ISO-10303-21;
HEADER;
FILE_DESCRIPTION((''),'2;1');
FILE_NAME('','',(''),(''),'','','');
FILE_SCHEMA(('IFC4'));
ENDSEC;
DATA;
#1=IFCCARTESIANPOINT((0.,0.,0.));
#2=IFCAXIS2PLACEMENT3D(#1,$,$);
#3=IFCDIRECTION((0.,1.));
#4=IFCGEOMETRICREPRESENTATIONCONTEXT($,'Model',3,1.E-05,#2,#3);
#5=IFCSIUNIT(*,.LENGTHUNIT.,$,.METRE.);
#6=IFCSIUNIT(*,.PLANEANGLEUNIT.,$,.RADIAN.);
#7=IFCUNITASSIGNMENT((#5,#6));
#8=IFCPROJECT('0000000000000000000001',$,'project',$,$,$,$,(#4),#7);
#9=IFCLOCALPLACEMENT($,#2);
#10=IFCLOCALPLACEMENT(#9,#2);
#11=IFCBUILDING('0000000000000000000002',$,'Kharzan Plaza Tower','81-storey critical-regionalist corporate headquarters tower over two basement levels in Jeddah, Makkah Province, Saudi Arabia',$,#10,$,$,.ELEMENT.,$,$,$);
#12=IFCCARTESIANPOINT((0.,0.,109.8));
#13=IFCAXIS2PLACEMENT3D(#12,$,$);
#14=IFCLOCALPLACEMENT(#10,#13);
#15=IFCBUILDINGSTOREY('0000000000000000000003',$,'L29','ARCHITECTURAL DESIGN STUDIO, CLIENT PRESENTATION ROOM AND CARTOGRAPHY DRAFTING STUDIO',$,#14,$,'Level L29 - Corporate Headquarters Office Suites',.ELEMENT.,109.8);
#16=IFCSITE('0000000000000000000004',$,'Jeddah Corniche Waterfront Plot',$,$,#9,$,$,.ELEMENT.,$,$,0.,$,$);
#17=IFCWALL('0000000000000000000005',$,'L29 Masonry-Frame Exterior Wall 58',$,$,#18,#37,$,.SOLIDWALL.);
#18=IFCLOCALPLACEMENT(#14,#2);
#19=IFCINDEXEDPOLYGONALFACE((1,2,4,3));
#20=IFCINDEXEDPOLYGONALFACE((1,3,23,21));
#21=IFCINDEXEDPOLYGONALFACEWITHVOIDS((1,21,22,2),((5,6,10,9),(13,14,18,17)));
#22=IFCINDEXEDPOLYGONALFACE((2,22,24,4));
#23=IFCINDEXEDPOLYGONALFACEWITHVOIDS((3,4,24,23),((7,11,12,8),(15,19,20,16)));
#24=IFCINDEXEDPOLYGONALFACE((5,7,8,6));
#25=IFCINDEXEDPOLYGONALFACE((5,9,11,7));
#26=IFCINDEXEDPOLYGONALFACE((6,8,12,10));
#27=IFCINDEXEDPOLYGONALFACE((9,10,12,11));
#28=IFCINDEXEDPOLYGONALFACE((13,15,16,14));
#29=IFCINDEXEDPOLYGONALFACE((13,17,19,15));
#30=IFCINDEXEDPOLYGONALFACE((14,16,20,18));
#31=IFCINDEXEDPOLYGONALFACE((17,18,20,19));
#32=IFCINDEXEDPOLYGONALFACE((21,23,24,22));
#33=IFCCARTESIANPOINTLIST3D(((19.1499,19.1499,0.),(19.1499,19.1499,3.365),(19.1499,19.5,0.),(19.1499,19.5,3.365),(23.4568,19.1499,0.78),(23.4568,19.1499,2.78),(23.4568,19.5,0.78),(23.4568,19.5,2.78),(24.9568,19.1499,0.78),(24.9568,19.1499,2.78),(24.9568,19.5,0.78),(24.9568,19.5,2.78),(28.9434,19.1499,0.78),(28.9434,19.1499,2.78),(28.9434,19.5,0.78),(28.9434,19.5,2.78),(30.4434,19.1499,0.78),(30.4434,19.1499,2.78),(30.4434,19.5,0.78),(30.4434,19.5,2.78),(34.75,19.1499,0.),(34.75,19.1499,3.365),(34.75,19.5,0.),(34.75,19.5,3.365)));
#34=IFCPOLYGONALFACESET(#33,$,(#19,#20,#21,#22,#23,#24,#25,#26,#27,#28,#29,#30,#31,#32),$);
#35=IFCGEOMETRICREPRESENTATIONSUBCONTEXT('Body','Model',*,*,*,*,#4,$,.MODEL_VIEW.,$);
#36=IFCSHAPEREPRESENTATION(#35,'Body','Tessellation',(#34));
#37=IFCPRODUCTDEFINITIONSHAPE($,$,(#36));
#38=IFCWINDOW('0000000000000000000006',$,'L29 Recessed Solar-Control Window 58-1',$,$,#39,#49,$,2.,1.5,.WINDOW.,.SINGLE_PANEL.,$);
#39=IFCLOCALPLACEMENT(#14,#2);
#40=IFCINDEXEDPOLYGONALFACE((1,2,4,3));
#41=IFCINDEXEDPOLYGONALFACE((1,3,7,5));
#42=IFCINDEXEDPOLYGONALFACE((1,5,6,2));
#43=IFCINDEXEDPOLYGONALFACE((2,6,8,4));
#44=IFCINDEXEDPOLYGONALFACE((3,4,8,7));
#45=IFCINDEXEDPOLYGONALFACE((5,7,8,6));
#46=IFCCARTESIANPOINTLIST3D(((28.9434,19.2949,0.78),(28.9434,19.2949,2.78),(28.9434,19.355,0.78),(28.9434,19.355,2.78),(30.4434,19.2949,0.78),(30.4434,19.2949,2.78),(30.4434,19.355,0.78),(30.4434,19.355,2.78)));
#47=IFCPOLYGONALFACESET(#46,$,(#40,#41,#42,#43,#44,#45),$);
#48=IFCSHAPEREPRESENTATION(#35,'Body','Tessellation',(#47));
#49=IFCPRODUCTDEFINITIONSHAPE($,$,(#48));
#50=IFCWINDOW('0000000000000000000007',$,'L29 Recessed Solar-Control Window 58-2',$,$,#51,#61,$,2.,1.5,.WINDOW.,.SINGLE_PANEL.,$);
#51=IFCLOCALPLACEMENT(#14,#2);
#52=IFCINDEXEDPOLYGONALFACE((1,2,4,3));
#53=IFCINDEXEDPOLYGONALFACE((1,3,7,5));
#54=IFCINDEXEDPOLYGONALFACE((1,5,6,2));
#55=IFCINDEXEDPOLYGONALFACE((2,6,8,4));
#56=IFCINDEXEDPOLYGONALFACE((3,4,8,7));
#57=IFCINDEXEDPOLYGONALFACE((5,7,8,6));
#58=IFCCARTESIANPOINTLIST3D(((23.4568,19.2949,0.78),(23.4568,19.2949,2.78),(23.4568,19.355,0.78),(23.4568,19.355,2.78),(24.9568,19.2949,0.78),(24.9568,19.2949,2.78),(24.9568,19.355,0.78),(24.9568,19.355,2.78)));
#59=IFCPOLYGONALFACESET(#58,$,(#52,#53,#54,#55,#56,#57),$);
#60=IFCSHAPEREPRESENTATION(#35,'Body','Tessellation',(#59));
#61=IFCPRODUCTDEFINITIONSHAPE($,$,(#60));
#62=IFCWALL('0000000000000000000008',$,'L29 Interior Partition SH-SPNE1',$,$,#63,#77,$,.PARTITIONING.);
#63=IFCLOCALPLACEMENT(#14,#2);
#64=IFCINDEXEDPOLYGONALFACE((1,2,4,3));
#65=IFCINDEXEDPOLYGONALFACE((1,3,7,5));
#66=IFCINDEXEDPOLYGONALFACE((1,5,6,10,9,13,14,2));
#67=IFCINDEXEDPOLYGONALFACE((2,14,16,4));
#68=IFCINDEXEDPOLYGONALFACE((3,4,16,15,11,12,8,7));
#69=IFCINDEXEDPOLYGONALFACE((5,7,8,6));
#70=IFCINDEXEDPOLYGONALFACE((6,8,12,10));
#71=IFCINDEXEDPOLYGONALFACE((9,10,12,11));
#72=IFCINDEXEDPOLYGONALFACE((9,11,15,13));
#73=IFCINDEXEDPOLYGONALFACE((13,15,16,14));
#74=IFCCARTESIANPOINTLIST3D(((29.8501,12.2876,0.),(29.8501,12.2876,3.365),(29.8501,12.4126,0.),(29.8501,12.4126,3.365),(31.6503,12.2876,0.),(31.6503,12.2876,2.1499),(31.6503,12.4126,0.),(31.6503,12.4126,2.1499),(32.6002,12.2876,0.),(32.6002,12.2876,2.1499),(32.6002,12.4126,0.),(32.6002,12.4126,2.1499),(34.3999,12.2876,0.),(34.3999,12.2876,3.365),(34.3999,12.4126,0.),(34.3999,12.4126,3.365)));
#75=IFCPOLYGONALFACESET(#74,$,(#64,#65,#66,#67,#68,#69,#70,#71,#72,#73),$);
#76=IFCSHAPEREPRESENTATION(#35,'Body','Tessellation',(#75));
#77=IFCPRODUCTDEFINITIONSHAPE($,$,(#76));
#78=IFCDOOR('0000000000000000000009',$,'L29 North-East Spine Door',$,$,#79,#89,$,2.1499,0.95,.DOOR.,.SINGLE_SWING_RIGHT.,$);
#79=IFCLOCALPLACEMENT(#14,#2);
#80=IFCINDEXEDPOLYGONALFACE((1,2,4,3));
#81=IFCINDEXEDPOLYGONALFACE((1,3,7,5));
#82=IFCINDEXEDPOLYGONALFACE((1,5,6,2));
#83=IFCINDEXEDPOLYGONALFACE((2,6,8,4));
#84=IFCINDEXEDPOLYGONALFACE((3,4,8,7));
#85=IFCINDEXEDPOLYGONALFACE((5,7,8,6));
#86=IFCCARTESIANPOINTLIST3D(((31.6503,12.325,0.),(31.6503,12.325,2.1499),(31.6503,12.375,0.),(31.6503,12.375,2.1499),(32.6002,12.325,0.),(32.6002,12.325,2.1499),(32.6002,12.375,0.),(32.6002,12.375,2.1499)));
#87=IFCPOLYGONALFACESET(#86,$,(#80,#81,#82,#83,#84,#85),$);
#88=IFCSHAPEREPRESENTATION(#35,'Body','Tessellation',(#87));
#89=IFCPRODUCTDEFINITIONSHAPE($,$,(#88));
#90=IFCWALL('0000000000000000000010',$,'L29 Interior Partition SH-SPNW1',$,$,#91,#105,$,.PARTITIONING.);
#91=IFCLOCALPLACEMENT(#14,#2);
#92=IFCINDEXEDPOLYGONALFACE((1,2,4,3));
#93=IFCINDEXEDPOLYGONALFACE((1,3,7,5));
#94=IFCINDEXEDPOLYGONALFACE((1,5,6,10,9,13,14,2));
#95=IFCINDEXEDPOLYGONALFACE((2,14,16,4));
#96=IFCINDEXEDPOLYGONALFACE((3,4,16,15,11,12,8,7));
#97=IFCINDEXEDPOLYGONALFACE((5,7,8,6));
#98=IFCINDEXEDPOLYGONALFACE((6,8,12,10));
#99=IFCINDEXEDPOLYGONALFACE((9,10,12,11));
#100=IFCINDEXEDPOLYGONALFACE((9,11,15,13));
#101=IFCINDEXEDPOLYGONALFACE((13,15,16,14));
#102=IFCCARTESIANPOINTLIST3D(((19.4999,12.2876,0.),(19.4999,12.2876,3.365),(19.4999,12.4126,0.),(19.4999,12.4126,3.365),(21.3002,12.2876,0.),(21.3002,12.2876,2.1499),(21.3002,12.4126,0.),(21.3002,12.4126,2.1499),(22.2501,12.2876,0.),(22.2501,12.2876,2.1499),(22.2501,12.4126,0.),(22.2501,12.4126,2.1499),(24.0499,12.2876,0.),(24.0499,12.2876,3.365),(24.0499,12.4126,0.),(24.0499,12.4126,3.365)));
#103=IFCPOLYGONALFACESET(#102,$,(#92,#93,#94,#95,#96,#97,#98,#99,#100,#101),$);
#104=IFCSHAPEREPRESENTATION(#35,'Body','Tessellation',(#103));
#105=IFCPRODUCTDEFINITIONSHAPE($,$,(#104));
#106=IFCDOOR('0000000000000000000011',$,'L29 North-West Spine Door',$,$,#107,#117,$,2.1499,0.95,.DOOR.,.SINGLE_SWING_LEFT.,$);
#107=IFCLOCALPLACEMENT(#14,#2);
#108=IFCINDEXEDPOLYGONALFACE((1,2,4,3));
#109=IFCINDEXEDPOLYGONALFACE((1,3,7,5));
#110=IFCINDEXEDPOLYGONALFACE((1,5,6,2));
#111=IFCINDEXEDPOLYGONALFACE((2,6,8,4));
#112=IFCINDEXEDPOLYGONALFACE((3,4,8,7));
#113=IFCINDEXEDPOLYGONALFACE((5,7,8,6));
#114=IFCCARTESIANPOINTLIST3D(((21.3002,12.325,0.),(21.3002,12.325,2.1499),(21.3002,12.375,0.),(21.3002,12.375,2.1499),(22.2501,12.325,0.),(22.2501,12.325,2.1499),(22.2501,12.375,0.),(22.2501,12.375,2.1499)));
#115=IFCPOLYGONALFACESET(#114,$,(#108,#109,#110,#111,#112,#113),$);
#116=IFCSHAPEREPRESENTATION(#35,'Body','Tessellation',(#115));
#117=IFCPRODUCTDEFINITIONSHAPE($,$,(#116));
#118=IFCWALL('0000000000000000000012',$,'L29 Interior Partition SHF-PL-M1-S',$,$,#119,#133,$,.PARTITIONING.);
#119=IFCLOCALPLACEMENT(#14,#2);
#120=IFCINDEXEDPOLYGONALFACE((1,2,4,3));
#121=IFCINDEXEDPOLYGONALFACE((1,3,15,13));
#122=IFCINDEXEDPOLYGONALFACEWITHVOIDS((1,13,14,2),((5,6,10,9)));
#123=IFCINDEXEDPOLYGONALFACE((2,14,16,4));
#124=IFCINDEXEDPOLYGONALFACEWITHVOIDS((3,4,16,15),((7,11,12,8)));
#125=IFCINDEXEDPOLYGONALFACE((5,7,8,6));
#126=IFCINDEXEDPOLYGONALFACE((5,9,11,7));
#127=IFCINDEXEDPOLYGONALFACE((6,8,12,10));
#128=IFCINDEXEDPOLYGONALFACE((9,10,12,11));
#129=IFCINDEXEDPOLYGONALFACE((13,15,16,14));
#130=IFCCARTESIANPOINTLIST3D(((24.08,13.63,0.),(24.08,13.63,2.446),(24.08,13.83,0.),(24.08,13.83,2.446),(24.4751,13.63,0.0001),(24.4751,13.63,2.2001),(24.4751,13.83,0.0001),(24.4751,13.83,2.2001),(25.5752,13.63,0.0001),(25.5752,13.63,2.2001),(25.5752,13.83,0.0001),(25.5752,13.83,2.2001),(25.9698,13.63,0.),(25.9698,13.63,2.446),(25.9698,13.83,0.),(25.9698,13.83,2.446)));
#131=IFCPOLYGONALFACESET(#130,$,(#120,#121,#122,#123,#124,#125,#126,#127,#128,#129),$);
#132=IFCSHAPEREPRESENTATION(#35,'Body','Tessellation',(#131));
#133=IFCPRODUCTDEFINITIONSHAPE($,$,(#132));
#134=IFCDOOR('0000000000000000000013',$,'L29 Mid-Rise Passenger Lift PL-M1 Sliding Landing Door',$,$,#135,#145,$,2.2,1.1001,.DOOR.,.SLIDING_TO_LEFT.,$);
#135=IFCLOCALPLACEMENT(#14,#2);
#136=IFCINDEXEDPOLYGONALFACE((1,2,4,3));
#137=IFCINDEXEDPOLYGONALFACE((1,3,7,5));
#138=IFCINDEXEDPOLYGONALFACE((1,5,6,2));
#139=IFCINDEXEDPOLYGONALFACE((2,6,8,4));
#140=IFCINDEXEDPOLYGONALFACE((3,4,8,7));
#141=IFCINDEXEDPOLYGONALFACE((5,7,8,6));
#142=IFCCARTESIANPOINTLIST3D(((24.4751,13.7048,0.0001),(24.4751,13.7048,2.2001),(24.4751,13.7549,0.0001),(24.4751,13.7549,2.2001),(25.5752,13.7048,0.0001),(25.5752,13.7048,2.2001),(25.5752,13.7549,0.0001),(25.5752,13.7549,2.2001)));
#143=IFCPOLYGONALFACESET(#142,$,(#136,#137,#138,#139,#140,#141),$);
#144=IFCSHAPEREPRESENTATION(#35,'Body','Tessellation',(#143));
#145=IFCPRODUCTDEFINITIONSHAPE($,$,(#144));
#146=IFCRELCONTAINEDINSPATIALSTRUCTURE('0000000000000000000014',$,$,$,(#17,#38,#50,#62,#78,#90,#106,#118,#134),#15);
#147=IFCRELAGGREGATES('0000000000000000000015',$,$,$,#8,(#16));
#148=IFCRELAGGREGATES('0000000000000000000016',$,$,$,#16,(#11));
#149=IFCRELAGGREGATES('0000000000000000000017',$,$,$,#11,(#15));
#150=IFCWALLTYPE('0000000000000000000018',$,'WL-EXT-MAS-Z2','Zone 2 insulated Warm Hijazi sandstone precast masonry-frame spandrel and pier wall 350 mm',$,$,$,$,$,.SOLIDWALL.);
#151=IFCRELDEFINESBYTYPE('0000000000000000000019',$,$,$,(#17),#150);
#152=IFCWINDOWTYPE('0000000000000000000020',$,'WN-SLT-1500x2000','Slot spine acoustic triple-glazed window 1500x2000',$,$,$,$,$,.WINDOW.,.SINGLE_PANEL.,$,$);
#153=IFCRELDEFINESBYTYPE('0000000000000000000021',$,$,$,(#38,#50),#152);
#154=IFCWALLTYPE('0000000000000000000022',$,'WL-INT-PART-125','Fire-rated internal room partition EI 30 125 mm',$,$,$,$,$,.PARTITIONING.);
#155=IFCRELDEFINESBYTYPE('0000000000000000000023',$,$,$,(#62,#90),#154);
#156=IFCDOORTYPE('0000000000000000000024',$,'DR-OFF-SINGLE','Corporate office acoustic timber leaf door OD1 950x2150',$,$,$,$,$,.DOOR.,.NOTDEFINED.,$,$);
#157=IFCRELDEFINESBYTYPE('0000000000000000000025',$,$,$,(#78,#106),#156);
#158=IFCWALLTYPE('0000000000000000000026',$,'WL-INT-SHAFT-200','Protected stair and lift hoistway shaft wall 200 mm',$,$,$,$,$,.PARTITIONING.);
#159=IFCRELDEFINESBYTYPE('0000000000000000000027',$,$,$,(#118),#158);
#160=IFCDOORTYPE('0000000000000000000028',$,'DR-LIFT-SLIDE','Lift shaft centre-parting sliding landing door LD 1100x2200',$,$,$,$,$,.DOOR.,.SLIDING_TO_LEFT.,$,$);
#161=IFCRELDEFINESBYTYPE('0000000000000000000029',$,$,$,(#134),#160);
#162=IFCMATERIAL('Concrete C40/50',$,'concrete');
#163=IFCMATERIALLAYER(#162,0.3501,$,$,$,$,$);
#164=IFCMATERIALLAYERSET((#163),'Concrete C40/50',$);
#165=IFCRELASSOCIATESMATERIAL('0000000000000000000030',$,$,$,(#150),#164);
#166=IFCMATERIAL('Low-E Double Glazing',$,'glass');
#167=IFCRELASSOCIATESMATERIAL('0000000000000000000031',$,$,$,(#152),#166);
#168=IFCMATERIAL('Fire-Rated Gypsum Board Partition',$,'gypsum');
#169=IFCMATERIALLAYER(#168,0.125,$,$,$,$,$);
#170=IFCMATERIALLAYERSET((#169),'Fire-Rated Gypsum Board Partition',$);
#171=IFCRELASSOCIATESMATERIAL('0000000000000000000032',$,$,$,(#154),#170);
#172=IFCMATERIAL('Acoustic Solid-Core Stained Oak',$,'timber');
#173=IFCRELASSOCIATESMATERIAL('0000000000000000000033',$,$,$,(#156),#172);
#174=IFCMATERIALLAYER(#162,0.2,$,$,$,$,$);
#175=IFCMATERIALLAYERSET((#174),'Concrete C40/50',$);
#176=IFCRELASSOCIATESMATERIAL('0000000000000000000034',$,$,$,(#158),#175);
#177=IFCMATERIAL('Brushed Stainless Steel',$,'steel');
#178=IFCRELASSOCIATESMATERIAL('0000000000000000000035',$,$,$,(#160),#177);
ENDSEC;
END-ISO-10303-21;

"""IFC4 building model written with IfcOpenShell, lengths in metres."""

from ifc_helpers import new_model, si_unit, direction, frame, frame_2d, origin, place, context, subcontext, project, spatial, rectangle, extrude, source, transform, mapped, material, layer, layer_set, type_object, element, fill, save


model = new_model("IFC4")

# Units and contexts
model_context = context("Model", 3, precision=1e-05, world=origin(), true_north=direction((0.0, 1.0)))
body_context = subcontext(model_context, "Body", "Model", "MODEL_VIEW")
ifc_project = project(units=[si_unit("LENGTHUNIT", "METRE"), si_unit("PLANEANGLEUNIT", "RADIAN")], contexts=[model_context])

# Site, building, storey
site_placement = place(None, origin())
site = spatial("IfcSite", under=ifc_project, at=site_placement, Name="Jeddah Corniche Waterfront Plot", CompositionType="ELEMENT", RefElevation=0.0)
building_placement = place(site_placement, origin())
building = spatial("IfcBuilding", under=site, at=building_placement, Name="Kharzan Plaza Tower", Description="81-storey critical-regionalist corporate headquarters tower over two basement levels in Jeddah, Makkah Province, Saudi Arabia", CompositionType="ELEMENT")
storey_placement = place(building_placement, frame((0.0, 0.0, 109.8)))
storey = spatial("IfcBuildingStorey", under=building, at=storey_placement, Name="L29", Description="ARCHITECTURAL DESIGN STUDIO, CLIENT PRESENTATION ROOM AND CARTOGRAPHY DRAFTING STUDIO", LongName="Level L29 - Corporate Headquarters Office Suites", CompositionType="ELEMENT", Elevation=109.8)

# Wall, openings, windows
ifc_material_1 = material(Name="Concrete C40/50", Category="concrete")
ifc_layer_1 = layer(ifc_material_1, 0.3501)
ifc_layer_set_1 = layer_set([ifc_layer_1], Name="Concrete C40/50")
wall_type_1 = type_object("IfcWallType", Name="WL-EXT-MAS-Z2", Description="Zone 2 insulated Warm Hijazi sandstone precast masonry-frame spandrel and pier wall 350 mm", PredefinedType="SOLIDWALL", material=ifc_layer_set_1)
wall_1_placement = place(storey_placement, frame((34.75, 19.325, 0.0), z_axis=(0.0, 0.0, 1.0), x_axis=(-1.0, 0.0, 0.0)))
wall_1 = element("IfcWall", 1, at=wall_1_placement, inside=storey, type_object=wall_type_1, Name="L29 Masonry-Frame Exterior Wall 58", PredefinedType="SOLIDWALL", context=body_context, shape_type="SweptSolid", body=[
    extrude(rectangle(XDim=15.6001, YDim=0.3501, at=frame_2d((7.8, 0.0))), origin(), (0.0, 0.0, 1.0), 3.365),
])
opening_1_placement = place(wall_1_placement, frame((4.3066, 0.0, 0.78)))
opening_1 = element("IfcOpeningElement", 2, at=opening_1_placement, cuts=wall_1, PredefinedType="OPENING", context=body_context, shape_type="SweptSolid", body=[
    extrude(rectangle(XDim=1.5, YDim=2.0, at=frame_2d((0.75, 1.0))), frame((0.0, 0.1851, 0.0), z_axis=(0.0, -1.0, 0.0), x_axis=(1.0, 0.0, 0.0)), (0.0, 0.0, 1.0), 0.3701),
])
opening_2_placement = place(wall_1_placement, frame((9.7932, 0.0, 0.78)))
opening_2 = element("IfcOpeningElement", 3, at=opening_2_placement, cuts=wall_1, PredefinedType="OPENING", context=body_context, shape_type="SweptSolid", body=[
    extrude(rectangle(XDim=1.5, YDim=2.0, at=frame_2d((0.75, 1.0))), frame((0.0, 0.1851, 0.0), z_axis=(0.0, -1.0, 0.0), x_axis=(1.0, 0.0, 0.0)), (0.0, 0.0, 1.0), 0.3701),
])
ifc_material_2 = material(Name="Low-E Double Glazing", Category="glass")
window_type = type_object("IfcWindowType", Name="WN-SLT-1500x2000", Description="Slot spine acoustic triple-glazed window 1500x2000", PartitioningType="SINGLE_PANEL", PredefinedType="WINDOW", material=ifc_material_2)
shared_shape_1 = source(origin(), body_context, "Body", "SweptSolid", [
    extrude(rectangle(XDim=1.5, YDim=2.0, at=frame_2d((0.75, 1.0))), frame((0.0, 0.03, 0.0), z_axis=(0.0, -1.0, 0.0), x_axis=(1.0, 0.0, 0.0)), (0.0, 0.0, 1.0), 0.0601),
])
window_1_placement = place(opening_1_placement, origin())
window_1 = element("IfcWindow", 4, at=window_1_placement, inside=storey, type_object=window_type, Name="L29 Recessed Solar-Control Window 58-1", OverallHeight=2.0, OverallWidth=1.5, PartitioningType="SINGLE_PANEL", PredefinedType="WINDOW", context=body_context, shape_type="MappedRepresentation", body=[
    mapped(shared_shape_1, transform((0.0, 0.0, 0.0), x_axis=(1.0, 0.0, 0.0), y_axis=(0.0, 1.0, 0.0), z_axis=(0.0, 0.0, 1.0))),
])
fill(opening_1, window_1)
window_2_placement = place(opening_2_placement, origin())
window_2 = element("IfcWindow", 5, at=window_2_placement, inside=storey, type_object=window_type, Name="L29 Recessed Solar-Control Window 58-2", OverallHeight=2.0, OverallWidth=1.5, PartitioningType="SINGLE_PANEL", PredefinedType="WINDOW", context=body_context, shape_type="MappedRepresentation", body=[
    mapped(shared_shape_1, transform((0.0, 0.0, 0.0), x_axis=(1.0, 0.0, 0.0), y_axis=(0.0, 1.0, 0.0), z_axis=(0.0, 0.0, 1.0))),
])
fill(opening_2, window_2)

# Walls, openings, doors
ifc_material_3 = material(Name="Fire-Rated Gypsum Board Partition", Category="gypsum")
ifc_layer_2 = layer(ifc_material_3, 0.125)
ifc_layer_set_2 = layer_set([ifc_layer_2], Name="Fire-Rated Gypsum Board Partition")
wall_type_2 = type_object("IfcWallType", Name="WL-INT-PART-125", Description="Fire-rated internal room partition EI 30 125 mm", PredefinedType="PARTITIONING", material=ifc_layer_set_2)
wall_2_placement = place(storey_placement, frame((29.8501, 12.3501, 0.0), z_axis=(0.0, 0.0, 1.0), x_axis=(1.0, 0.0, 0.0)))
wall_2 = element("IfcWall", 6, at=wall_2_placement, inside=storey, type_object=wall_type_2, Name="L29 Interior Partition SH-SPNE1", PredefinedType="PARTITIONING", context=body_context, shape_type="SweptSolid", body=[
    extrude(rectangle(XDim=4.5498, YDim=0.125, at=frame_2d((2.2749, 0.0))), origin(), (0.0, 0.0, 1.0), 3.365),
])
opening_3_placement = place(wall_2_placement, frame((1.8, 0.0, 0.0)))
opening_3 = element("IfcOpeningElement", 7, at=opening_3_placement, cuts=wall_2, PredefinedType="OPENING", context=body_context, shape_type="SweptSolid", body=[
    extrude(rectangle(XDim=0.95, YDim=2.1499, at=frame_2d((0.4751, 1.075))), frame((0.0, 0.0725, 0.0), z_axis=(0.0, -1.0, 0.0), x_axis=(1.0, 0.0, 0.0)), (0.0, 0.0, 1.0), 0.145),
])
ifc_material_4 = material(Name="Acoustic Solid-Core Stained Oak", Category="timber")
door_type_1 = type_object("IfcDoorType", Name="DR-OFF-SINGLE", Description="Corporate office acoustic timber leaf door OD1 950x2150", OperationType="NOTDEFINED", PredefinedType="DOOR", material=ifc_material_4)
shared_shape_2 = source(origin(), body_context, "Body", "SweptSolid", [
    extrude(rectangle(XDim=0.95, YDim=2.1499, at=frame_2d((0.4751, 1.075))), frame((0.0, 0.0249, 0.0), z_axis=(0.0, -1.0, 0.0), x_axis=(1.0, 0.0, 0.0)), (0.0, 0.0, 1.0), 0.05),
])
door_1_placement = place(opening_3_placement, origin())
door_1 = element("IfcDoor", 8, at=door_1_placement, inside=storey, type_object=door_type_1, Name="L29 North-East Spine Door", OperationType="SINGLE_SWING_RIGHT", OverallHeight=2.1499, OverallWidth=0.95, PredefinedType="DOOR", context=body_context, shape_type="MappedRepresentation", body=[
    mapped(shared_shape_2, transform((0.0, 0.0, 0.0), x_axis=(1.0, 0.0, 0.0), y_axis=(0.0, 1.0, 0.0), z_axis=(0.0, 0.0, 1.0))),
])
fill(opening_3, door_1)
wall_3_placement = place(storey_placement, frame((19.5, 12.3501, 0.0), z_axis=(0.0, 0.0, 1.0), x_axis=(1.0, 0.0, 0.0)))
wall_3 = element("IfcWall", 9, at=wall_3_placement, inside=storey, type_object=wall_type_2, Name="L29 Interior Partition SH-SPNW1", PredefinedType="PARTITIONING", context=body_context, shape_type="SweptSolid", body=[
    extrude(rectangle(XDim=4.55, YDim=0.125, at=frame_2d((2.2749, 0.0))), origin(), (0.0, 0.0, 1.0), 3.365),
])
opening_4_placement = place(wall_3_placement, frame((1.8, 0.0, 0.0)))
opening_4 = element("IfcOpeningElement", 10, at=opening_4_placement, cuts=wall_3, PredefinedType="OPENING", context=body_context, shape_type="SweptSolid", body=[
    extrude(rectangle(XDim=0.95, YDim=2.1499, at=frame_2d((0.4751, 1.075))), frame((0.0, 0.0725, 0.0), z_axis=(0.0, -1.0, 0.0), x_axis=(1.0, 0.0, 0.0)), (0.0, 0.0, 1.0), 0.145),
])
door_2_placement = place(opening_4_placement, origin())
door_2 = element("IfcDoor", 11, at=door_2_placement, inside=storey, type_object=door_type_1, Name="L29 North-West Spine Door", OperationType="SINGLE_SWING_LEFT", OverallHeight=2.1499, OverallWidth=0.95, PredefinedType="DOOR", context=body_context, shape_type="MappedRepresentation", body=[
    mapped(shared_shape_2, transform((0.0, 0.0, 0.0), x_axis=(1.0, 0.0, 0.0), y_axis=(0.0, 1.0, 0.0), z_axis=(0.0, 0.0, 1.0))),
])
fill(opening_4, door_2)
ifc_layer_3 = layer(ifc_material_1, 0.2)
ifc_layer_set_3 = layer_set([ifc_layer_3], Name="Concrete C40/50")
wall_type_3 = type_object("IfcWallType", Name="WL-INT-SHAFT-200", Description="Protected stair and lift hoistway shaft wall 200 mm", PredefinedType="PARTITIONING", material=ifc_layer_set_3)
wall_4_placement = place(storey_placement, frame((24.0801, 13.73, 0.0), z_axis=(0.0, 0.0, 1.0), x_axis=(1.0, 0.0, 0.0)))
wall_4 = element("IfcWall", 12, at=wall_4_placement, inside=storey, type_object=wall_type_3, Name="L29 Interior Partition SHF-PL-M1-S", PredefinedType="PARTITIONING", context=body_context, shape_type="SweptSolid", body=[
    extrude(rectangle(XDim=1.8899, YDim=0.2, at=frame_2d((0.9448, 0.0))), origin(), (0.0, 0.0, 1.0), 2.446),
])
opening_5_placement = place(wall_4_placement, frame((0.395, 0.0, 0.0)))
opening_5 = element("IfcOpeningElement", 13, at=opening_5_placement, cuts=wall_4, PredefinedType="OPENING", context=body_context, shape_type="SweptSolid", body=[
    extrude(rectangle(XDim=1.1001, YDim=2.2, at=frame_2d((0.55, 1.1001))), frame((0.0, 0.1099, 0.0), z_axis=(0.0, -1.0, 0.0), x_axis=(1.0, 0.0, 0.0)), (0.0, 0.0, 1.0), 0.22),
])
ifc_material_5 = material(Name="Brushed Stainless Steel", Category="steel")
door_type_2 = type_object("IfcDoorType", Name="DR-LIFT-SLIDE", Description="Lift shaft centre-parting sliding landing door LD 1100x2200", OperationType="SLIDING_TO_LEFT", PredefinedType="DOOR", material=ifc_material_5)
shared_shape_3 = source(origin(), body_context, "Body", "SweptSolid", [
    extrude(rectangle(XDim=1.1001, YDim=2.2, at=frame_2d((0.55, 1.1001))), frame((0.0, 0.0249, 0.0), z_axis=(0.0, -1.0, 0.0), x_axis=(1.0, 0.0, 0.0)), (0.0, 0.0, 1.0), 0.05),
])
door_3_placement = place(opening_5_placement, origin())
door_3 = element("IfcDoor", 14, at=door_3_placement, inside=storey, type_object=door_type_2, Name="L29 Mid-Rise Passenger Lift PL-M1 Sliding Landing Door", OperationType="SLIDING_TO_LEFT", OverallHeight=2.2, OverallWidth=1.1001, PredefinedType="DOOR", context=body_context, shape_type="MappedRepresentation", body=[
    mapped(shared_shape_3, transform((0.0, 0.0, 0.0), x_axis=(1.0, 0.0, 0.0), y_axis=(0.0, 1.0, 0.0), z_axis=(0.0, 0.0, 1.0))),
])
fill(opening_5, door_3)

save(model, "model.ifc")
